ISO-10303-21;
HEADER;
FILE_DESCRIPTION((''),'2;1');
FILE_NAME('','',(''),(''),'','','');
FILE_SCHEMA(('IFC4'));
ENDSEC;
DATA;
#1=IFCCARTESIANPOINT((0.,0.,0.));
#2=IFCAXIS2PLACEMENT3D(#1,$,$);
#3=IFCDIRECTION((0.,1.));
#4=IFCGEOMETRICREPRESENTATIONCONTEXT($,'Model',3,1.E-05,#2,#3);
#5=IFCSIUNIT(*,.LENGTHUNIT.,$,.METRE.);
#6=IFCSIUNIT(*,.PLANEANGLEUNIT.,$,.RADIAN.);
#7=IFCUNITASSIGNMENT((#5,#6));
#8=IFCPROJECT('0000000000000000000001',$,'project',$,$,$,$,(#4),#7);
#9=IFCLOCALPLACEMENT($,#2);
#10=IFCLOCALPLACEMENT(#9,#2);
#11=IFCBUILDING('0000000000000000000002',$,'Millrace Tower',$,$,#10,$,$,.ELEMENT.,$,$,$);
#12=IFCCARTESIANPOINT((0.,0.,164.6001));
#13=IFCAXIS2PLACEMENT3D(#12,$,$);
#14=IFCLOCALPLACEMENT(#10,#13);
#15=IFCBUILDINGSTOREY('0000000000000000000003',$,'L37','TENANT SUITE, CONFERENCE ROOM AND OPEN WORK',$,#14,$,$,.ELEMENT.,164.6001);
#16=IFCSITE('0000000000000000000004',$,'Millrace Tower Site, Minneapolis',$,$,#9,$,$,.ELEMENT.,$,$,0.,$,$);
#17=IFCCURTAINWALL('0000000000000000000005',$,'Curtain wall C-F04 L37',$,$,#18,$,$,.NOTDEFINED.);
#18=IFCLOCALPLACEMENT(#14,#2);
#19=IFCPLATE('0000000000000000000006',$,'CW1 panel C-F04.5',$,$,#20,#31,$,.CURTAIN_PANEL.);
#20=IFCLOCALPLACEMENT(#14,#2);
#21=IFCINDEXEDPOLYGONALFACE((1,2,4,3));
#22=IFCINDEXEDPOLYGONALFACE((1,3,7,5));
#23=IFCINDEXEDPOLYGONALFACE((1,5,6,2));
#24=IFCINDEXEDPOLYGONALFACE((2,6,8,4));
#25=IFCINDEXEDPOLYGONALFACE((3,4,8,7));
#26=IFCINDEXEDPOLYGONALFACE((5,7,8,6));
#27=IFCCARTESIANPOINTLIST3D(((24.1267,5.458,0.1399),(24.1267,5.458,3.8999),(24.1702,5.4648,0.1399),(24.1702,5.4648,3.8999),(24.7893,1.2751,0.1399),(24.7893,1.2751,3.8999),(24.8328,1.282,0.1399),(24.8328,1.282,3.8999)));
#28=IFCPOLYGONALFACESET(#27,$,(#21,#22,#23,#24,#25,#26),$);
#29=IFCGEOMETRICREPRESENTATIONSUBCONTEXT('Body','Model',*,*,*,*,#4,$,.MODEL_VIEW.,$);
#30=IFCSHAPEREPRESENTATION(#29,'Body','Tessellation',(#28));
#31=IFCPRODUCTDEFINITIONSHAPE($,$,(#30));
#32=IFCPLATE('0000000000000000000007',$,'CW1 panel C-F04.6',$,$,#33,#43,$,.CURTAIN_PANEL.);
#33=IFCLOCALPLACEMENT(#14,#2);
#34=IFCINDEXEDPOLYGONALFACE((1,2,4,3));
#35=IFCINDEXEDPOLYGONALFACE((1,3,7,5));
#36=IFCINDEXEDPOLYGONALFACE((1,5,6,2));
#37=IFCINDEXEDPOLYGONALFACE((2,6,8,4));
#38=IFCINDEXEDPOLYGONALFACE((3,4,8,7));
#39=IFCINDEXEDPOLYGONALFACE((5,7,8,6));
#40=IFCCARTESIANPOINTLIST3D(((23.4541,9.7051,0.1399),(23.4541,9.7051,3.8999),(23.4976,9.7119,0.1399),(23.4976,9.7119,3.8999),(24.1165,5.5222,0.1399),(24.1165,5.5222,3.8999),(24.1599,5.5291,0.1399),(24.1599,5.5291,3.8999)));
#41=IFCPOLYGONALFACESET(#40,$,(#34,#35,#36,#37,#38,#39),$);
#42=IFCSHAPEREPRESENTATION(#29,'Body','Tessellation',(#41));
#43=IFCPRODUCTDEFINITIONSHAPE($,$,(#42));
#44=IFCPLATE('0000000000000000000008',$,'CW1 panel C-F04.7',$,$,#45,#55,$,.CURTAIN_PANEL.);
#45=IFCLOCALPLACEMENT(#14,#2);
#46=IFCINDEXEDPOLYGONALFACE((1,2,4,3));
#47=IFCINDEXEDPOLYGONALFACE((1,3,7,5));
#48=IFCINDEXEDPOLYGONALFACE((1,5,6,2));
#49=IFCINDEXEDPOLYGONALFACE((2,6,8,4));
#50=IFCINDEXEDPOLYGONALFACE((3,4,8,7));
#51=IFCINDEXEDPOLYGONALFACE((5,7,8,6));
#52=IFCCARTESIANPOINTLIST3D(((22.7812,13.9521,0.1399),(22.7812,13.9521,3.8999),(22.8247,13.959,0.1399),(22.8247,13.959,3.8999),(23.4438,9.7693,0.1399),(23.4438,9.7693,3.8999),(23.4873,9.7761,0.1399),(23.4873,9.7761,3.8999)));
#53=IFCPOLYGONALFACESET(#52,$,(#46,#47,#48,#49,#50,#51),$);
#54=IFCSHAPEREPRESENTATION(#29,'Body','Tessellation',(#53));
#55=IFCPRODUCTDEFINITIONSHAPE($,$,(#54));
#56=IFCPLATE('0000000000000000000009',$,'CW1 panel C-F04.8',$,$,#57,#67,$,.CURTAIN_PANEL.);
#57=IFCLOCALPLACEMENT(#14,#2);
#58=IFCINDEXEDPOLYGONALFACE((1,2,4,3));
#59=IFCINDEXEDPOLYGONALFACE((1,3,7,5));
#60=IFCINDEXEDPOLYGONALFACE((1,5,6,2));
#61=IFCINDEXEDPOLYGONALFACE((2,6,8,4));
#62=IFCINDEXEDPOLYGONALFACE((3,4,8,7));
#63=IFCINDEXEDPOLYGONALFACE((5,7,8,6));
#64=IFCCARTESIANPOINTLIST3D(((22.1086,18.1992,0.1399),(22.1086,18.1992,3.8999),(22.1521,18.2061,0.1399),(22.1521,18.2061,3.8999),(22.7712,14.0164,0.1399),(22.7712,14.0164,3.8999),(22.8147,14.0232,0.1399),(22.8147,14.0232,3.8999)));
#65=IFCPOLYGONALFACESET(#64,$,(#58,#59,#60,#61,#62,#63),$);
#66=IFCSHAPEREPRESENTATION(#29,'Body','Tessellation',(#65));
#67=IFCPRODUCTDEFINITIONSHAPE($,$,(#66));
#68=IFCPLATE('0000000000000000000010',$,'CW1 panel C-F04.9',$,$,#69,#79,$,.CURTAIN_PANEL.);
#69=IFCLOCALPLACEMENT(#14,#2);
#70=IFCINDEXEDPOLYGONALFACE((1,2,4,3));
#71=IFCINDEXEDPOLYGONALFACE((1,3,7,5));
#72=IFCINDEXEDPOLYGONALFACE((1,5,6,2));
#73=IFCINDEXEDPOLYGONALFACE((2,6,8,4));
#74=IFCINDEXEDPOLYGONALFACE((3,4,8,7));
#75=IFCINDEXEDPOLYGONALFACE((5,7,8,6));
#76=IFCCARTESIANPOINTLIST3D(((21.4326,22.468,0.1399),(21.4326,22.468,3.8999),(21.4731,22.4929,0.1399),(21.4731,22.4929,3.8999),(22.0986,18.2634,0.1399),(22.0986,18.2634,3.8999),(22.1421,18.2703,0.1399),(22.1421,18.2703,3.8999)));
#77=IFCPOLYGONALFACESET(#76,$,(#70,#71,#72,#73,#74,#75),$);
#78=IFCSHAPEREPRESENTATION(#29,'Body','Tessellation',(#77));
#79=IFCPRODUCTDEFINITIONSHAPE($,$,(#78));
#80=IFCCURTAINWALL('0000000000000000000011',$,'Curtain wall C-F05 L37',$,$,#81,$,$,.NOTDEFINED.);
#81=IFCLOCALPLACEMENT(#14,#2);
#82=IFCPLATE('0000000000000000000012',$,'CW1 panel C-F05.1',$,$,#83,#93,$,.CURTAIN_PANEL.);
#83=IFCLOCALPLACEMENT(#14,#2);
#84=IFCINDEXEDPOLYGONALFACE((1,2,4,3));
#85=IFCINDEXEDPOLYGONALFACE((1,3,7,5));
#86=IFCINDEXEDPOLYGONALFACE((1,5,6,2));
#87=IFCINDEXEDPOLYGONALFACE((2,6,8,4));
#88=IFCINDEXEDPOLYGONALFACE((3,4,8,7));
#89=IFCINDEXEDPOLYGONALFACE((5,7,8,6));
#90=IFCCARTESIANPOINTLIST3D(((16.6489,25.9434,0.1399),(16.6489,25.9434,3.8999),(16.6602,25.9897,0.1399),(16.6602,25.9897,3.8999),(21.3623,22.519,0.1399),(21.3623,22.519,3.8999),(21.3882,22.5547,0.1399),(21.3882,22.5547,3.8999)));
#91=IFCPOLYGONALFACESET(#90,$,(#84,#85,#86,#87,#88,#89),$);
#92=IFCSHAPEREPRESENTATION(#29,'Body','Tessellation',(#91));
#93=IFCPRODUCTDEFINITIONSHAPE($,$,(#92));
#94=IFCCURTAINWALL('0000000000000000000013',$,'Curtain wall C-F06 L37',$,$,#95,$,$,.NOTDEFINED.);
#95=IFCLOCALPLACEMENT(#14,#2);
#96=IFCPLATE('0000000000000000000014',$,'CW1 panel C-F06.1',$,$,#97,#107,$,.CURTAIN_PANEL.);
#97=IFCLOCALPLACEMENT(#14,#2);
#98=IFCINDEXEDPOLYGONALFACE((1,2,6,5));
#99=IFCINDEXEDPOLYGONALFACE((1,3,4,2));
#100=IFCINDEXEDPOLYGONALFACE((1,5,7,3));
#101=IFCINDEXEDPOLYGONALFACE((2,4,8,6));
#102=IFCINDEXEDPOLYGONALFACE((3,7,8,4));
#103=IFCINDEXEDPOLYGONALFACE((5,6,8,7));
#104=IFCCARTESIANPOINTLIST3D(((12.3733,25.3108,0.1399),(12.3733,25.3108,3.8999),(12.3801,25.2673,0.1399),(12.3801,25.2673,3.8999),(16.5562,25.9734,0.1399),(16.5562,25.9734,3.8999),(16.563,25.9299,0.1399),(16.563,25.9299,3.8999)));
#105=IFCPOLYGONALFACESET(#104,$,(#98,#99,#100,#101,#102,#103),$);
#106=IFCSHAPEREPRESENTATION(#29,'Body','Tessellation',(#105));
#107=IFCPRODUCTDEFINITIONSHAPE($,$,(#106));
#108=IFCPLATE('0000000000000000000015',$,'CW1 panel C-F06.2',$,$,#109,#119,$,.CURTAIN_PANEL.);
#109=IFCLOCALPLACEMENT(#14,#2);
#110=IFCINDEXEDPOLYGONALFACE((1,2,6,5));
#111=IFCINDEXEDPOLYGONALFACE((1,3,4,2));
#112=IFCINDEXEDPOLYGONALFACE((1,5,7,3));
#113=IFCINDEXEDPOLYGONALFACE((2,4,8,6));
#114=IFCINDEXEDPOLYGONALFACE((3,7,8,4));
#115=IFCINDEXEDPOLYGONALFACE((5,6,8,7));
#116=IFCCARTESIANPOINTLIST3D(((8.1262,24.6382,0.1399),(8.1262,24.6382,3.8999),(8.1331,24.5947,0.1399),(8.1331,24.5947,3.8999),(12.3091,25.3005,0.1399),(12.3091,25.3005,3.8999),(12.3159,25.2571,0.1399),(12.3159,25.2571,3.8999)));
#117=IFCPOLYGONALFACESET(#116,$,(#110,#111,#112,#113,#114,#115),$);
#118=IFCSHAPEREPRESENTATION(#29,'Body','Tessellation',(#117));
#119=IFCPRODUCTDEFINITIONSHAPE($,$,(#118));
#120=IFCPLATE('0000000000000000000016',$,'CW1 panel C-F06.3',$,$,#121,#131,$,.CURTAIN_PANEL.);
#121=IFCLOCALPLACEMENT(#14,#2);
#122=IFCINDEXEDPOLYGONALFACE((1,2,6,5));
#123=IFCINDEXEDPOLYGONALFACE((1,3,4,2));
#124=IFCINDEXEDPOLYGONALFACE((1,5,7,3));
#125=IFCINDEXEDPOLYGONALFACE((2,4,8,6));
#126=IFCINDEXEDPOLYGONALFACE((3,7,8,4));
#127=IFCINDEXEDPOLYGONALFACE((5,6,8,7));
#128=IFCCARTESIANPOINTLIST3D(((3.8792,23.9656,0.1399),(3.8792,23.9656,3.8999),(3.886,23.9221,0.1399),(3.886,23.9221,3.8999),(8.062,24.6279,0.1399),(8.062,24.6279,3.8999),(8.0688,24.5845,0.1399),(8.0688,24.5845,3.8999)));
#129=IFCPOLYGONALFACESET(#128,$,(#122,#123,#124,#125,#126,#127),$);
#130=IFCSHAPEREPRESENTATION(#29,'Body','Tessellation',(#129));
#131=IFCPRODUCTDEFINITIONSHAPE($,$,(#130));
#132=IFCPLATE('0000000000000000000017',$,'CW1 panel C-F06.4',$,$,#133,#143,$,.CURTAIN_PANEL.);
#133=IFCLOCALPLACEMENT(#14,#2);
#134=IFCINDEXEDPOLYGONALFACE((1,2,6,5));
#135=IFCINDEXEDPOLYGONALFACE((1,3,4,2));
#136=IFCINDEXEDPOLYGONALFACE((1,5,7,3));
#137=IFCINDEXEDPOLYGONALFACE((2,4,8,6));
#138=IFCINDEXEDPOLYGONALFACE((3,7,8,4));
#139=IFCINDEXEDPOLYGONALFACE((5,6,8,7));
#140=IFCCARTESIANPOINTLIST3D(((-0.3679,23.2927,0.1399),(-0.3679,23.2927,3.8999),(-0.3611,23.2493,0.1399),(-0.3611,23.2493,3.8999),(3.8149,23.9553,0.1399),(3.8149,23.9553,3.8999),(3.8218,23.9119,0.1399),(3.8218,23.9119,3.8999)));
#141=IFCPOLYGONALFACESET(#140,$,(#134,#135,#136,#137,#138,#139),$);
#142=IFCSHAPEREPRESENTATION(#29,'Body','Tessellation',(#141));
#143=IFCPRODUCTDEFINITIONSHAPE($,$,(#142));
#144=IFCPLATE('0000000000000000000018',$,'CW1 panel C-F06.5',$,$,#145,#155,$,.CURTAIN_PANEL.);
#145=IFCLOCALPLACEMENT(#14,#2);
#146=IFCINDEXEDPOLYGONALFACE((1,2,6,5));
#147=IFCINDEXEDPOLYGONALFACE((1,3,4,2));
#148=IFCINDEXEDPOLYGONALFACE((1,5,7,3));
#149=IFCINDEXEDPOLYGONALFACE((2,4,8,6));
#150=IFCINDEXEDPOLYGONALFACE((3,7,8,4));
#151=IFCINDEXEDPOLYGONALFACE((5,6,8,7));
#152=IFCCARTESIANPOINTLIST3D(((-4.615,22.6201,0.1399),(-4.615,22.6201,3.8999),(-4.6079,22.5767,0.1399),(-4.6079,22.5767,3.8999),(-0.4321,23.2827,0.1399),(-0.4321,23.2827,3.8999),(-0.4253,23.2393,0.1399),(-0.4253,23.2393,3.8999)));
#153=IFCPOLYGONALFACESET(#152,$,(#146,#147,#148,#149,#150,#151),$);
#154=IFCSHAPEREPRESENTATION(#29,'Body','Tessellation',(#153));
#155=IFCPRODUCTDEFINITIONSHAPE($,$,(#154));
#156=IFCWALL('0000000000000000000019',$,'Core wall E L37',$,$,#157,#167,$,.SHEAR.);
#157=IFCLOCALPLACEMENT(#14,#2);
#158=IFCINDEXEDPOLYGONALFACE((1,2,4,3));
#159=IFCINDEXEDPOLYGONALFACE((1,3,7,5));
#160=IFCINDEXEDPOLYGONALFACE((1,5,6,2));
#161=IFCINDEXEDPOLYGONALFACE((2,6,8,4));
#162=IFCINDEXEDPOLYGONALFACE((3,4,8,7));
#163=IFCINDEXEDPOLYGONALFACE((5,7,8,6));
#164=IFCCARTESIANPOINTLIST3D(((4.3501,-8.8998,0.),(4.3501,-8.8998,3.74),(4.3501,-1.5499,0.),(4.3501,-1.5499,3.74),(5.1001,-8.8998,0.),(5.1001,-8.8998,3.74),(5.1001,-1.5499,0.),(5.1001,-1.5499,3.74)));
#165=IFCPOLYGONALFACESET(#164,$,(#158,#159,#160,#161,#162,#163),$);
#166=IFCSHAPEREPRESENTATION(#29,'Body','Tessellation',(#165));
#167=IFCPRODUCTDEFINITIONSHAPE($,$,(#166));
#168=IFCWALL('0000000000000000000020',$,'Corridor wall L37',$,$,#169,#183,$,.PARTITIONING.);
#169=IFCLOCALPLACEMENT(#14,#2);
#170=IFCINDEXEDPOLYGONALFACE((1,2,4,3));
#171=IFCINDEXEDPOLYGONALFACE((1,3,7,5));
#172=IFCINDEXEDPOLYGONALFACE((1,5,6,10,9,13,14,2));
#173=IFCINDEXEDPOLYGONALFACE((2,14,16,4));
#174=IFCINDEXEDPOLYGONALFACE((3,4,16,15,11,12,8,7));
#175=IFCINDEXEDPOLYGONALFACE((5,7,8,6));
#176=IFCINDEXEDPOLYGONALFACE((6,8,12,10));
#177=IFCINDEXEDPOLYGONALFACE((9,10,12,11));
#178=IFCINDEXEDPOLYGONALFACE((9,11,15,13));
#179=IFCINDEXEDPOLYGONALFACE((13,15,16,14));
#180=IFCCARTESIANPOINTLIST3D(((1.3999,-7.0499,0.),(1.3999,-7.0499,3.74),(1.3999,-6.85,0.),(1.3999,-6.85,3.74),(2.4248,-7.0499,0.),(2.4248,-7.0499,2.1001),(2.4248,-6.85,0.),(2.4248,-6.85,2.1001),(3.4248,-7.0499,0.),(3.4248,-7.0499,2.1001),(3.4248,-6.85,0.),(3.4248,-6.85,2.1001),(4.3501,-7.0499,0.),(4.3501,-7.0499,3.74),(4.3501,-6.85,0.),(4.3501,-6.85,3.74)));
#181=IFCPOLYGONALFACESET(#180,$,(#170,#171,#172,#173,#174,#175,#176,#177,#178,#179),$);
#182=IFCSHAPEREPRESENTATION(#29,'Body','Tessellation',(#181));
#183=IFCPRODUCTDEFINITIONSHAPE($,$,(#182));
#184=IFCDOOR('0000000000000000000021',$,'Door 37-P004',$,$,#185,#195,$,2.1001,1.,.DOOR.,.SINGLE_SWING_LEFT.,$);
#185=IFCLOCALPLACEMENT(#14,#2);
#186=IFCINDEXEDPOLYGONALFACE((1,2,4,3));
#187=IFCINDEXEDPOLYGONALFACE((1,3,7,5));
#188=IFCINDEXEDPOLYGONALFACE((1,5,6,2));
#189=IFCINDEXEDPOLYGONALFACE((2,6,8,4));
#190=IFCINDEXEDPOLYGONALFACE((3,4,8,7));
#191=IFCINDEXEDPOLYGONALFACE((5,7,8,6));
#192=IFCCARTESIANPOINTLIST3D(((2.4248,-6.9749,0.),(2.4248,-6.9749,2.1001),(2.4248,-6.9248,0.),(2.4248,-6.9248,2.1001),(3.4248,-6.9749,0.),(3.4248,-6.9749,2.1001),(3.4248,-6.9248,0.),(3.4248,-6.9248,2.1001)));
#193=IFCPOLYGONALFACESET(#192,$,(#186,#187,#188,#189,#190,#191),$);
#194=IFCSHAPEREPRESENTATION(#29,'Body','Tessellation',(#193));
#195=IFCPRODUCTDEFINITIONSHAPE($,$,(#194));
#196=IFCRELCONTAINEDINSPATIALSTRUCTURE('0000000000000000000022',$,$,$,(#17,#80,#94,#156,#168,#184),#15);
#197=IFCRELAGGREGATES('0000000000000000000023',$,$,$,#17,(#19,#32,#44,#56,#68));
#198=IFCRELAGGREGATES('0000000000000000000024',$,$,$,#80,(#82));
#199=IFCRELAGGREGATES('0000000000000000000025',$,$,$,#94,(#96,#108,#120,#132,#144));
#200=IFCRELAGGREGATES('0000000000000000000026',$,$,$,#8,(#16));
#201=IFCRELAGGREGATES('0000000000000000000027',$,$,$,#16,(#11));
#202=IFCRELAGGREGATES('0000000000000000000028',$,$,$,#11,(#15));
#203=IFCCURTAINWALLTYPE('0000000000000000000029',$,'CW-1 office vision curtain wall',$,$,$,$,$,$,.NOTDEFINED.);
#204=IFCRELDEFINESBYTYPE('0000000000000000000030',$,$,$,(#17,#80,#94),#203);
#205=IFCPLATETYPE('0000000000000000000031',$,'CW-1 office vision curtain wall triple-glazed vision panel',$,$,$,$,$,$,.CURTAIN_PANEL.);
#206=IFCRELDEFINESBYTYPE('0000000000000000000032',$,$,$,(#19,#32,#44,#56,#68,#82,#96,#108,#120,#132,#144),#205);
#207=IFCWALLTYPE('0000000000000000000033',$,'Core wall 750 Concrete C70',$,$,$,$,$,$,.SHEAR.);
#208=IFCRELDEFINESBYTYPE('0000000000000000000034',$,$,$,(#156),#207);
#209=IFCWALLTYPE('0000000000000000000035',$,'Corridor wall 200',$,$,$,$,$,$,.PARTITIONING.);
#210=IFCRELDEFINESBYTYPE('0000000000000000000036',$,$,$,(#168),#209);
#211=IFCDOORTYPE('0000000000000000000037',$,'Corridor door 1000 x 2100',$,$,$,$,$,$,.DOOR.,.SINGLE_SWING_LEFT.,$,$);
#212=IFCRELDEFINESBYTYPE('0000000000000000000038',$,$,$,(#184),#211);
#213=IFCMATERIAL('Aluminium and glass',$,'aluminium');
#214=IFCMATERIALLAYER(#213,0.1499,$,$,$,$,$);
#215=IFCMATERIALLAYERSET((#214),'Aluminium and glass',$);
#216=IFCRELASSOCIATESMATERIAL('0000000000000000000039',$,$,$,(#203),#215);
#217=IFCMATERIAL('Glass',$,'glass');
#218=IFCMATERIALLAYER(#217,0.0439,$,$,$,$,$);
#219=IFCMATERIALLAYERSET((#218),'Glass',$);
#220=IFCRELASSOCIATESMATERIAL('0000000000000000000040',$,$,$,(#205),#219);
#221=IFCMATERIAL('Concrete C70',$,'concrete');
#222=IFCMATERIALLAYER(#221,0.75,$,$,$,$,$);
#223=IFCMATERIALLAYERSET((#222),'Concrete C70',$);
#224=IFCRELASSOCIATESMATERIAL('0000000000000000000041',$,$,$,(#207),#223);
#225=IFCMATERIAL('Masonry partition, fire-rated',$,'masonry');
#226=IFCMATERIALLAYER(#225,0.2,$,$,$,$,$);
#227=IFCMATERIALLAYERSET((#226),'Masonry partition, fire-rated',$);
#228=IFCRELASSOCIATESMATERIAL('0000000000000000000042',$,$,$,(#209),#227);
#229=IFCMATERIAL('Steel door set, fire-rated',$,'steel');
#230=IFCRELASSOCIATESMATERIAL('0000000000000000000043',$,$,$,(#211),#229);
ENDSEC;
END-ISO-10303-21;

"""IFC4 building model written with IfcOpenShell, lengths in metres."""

from ifc_helpers import new_model, si_unit, direction, frame, frame_2d, origin, place, context, subcontext, project, spatial, polyline, rectangle, outline, extrude, material, layer, layer_set, type_object, element, fill, aggregate, save


model = new_model("IFC4")

# Units and contexts
model_context = context("Model", 3, precision=1e-05, world=origin(), true_north=direction((0.0, 1.0)))
body_context = subcontext(model_context, "Body", "Model", "MODEL_VIEW")
ifc_project = project(units=[si_unit("LENGTHUNIT", "METRE"), si_unit("PLANEANGLEUNIT", "RADIAN")], contexts=[model_context])

# Site, building, storey
site_placement = place(None, origin())
site = spatial("IfcSite", under=ifc_project, at=site_placement, Name="Millrace Tower Site, Minneapolis", CompositionType="ELEMENT", RefElevation=0.0)
building_placement = place(site_placement, origin())
building = spatial("IfcBuilding", under=site, at=building_placement, Name="Millrace Tower", CompositionType="ELEMENT")
storey_placement = place(building_placement, frame((0.0, 0.0, 164.6001)))
storey = spatial("IfcBuildingStorey", under=building, at=storey_placement, Name="L37", Description="TENANT SUITE, CONFERENCE ROOM AND OPEN WORK", CompositionType="ELEMENT", Elevation=164.6001)

# Curtain wall, plates
ifc_material_1 = material(Name="Aluminium and glass", Category="aluminium")
ifc_layer_1 = layer(ifc_material_1, 0.1499)
ifc_layer_set_1 = layer_set([ifc_layer_1], Name="Aluminium and glass")
curtain_wall_type = type_object("IfcCurtainWallType", Name="CW-1 office vision curtain wall", PredefinedType="NOTDEFINED", material=ifc_layer_set_1)
placement_1 = place(storey_placement, origin())
curtain_wall_1 = element("IfcCurtainWall", 1, at=placement_1, inside=storey, type_object=curtain_wall_type, Name="Curtain wall C-F04 L37", PredefinedType="NOTDEFINED")
ifc_material_2 = material(Name="Glass", Category="glass")
ifc_layer_2 = layer(ifc_material_2, 0.0439)
ifc_layer_set_2 = layer_set([ifc_layer_2], Name="Glass")
plate_type = type_object("IfcPlateType", Name="CW-1 office vision curtain wall triple-glazed vision panel", PredefinedType="CURTAIN_PANEL", material=ifc_layer_set_2)
placement_2 = place(storey_placement, frame((0.0, 0.0, 0.1399)))
plate_1 = element("IfcPlate", 2, at=placement_2, type_object=plate_type, Name="CW1 panel C-F04.5", PredefinedType="CURTAIN_PANEL", context=body_context, shape_type="SweptSolid", body=[
    extrude(outline(polyline([(24.8328, 1.282), (24.1702, 5.4648), (24.1267, 5.458), (24.7893, 1.2751), (24.8328, 1.282)])), origin(), (0.0, 0.0, 1.0), 3.76),
])
plate_2 = element("IfcPlate", 3, at=placement_2, type_object=plate_type, Name="CW1 panel C-F04.6", PredefinedType="CURTAIN_PANEL", context=body_context, shape_type="SweptSolid", body=[
    extrude(outline(polyline([(24.1599, 5.5291), (23.4976, 9.7119), (23.4541, 9.7051), (24.1165, 5.5222), (24.1599, 5.5291)])), origin(), (0.0, 0.0, 1.0), 3.76),
])
plate_3 = element("IfcPlate", 4, at=placement_2, type_object=plate_type, Name="CW1 panel C-F04.7", PredefinedType="CURTAIN_PANEL", context=body_context, shape_type="SweptSolid", body=[
    extrude(outline(polyline([(23.4873, 9.7761), (22.8247, 13.959), (22.7812, 13.9521), (23.4438, 9.7693), (23.4873, 9.7761)])), origin(), (0.0, 0.0, 1.0), 3.76),
])
plate_4 = element("IfcPlate", 5, at=placement_2, type_object=plate_type, Name="CW1 panel C-F04.8", PredefinedType="CURTAIN_PANEL", context=body_context, shape_type="SweptSolid", body=[
    extrude(outline(polyline([(22.8147, 14.0232), (22.1521, 18.2061), (22.1086, 18.1992), (22.7712, 14.0164), (22.8147, 14.0232)])), origin(), (0.0, 0.0, 1.0), 3.76),
])
plate_5 = element("IfcPlate", 6, at=placement_2, type_object=plate_type, Name="CW1 panel C-F04.9", PredefinedType="CURTAIN_PANEL", context=body_context, shape_type="SweptSolid", body=[
    extrude(outline(polyline([(22.1421, 18.2703), (21.4731, 22.4929), (21.4326, 22.468), (22.0986, 18.2634), (22.1421, 18.2703)])), origin(), (0.0, 0.0, 1.0), 3.76),
])
aggregate(curtain_wall_1, [plate_1, plate_2, plate_3, plate_4, plate_5])

# Curtain wall, plate
curtain_wall_2 = element("IfcCurtainWall", 7, at=placement_1, inside=storey, type_object=curtain_wall_type, Name="Curtain wall C-F05 L37", PredefinedType="NOTDEFINED")
plate_6 = element("IfcPlate", 8, at=placement_2, type_object=plate_type, Name="CW1 panel C-F05.1", PredefinedType="CURTAIN_PANEL", context=body_context, shape_type="SweptSolid", body=[
    extrude(outline(polyline([(21.3882, 22.5547), (16.6602, 25.9897), (16.6489, 25.9434), (21.3623, 22.519), (21.3882, 22.5547)])), origin(), (0.0, 0.0, 1.0), 3.76),
])
aggregate(curtain_wall_2, [plate_6])

# Curtain wall, plates
curtain_wall_3 = element("IfcCurtainWall", 9, at=placement_1, inside=storey, type_object=curtain_wall_type, Name="Curtain wall C-F06 L37", PredefinedType="NOTDEFINED")
plate_7 = element("IfcPlate", 10, at=placement_2, type_object=plate_type, Name="CW1 panel C-F06.1", PredefinedType="CURTAIN_PANEL", context=body_context, shape_type="SweptSolid", body=[
    extrude(outline(polyline([(16.5562, 25.9734), (12.3733, 25.3108), (12.3801, 25.2673), (16.563, 25.9299), (16.5562, 25.9734)])), origin(), (0.0, 0.0, 1.0), 3.76),
])
plate_8 = element("IfcPlate", 11, at=placement_2, type_object=plate_type, Name="CW1 panel C-F06.2", PredefinedType="CURTAIN_PANEL", context=body_context, shape_type="SweptSolid", body=[
    extrude(outline(polyline([(12.3091, 25.3005), (8.1262, 24.6382), (8.1331, 24.5947), (12.3159, 25.2571), (12.3091, 25.3005)])), origin(), (0.0, 0.0, 1.0), 3.76),
])
plate_9 = element("IfcPlate", 12, at=placement_2, type_object=plate_type, Name="CW1 panel C-F06.3", PredefinedType="CURTAIN_PANEL", context=body_context, shape_type="SweptSolid", body=[
    extrude(outline(polyline([(8.062, 24.6279), (3.8792, 23.9656), (3.886, 23.9221), (8.0688, 24.5845), (8.062, 24.6279)])), origin(), (0.0, 0.0, 1.0), 3.76),
])
plate_10 = element("IfcPlate", 13, at=placement_2, type_object=plate_type, Name="CW1 panel C-F06.4", PredefinedType="CURTAIN_PANEL", context=body_context, shape_type="SweptSolid", body=[
    extrude(outline(polyline([(3.8149, 23.9553), (-0.3679, 23.2927), (-0.3611, 23.2493), (3.8218, 23.9119), (3.8149, 23.9553)])), origin(), (0.0, 0.0, 1.0), 3.76),
])
plate_11 = element("IfcPlate", 14, at=placement_2, type_object=plate_type, Name="CW1 panel C-F06.5", PredefinedType="CURTAIN_PANEL", context=body_context, shape_type="SweptSolid", body=[
    extrude(outline(polyline([(-0.4321, 23.2827), (-4.615, 22.6201), (-4.6079, 22.5767), (-0.4253, 23.2393), (-0.4321, 23.2827)])), origin(), (0.0, 0.0, 1.0), 3.76),
])
aggregate(curtain_wall_3, [plate_7, plate_8, plate_9, plate_10, plate_11])

# Wall
ifc_material_3 = material(Name="Concrete C70", Category="concrete")
ifc_layer_3 = layer(ifc_material_3, 0.75)
ifc_layer_set_3 = layer_set([ifc_layer_3], Name="Concrete C70")
wall_type_1 = type_object("IfcWallType", Name="Core wall 750 Concrete C70", PredefinedType="SHEAR", material=ifc_layer_set_3)
wall_1_placement = place(storey_placement, frame((4.7251, -1.55, 0.0), z_axis=(0.0, 0.0, 1.0), x_axis=(0.0, -1.0, 0.0)))
element("IfcWall", 15, at=wall_1_placement, inside=storey, type_object=wall_type_1, Name="Core wall E L37", PredefinedType="SHEAR", context=body_context, shape_type="SweptSolid", body=[
    extrude(rectangle(XDim=7.3499, YDim=0.75, at=frame_2d((3.6748, 0.0))), origin(), (0.0, 0.0, 1.0), 3.74),
])

# Wall, opening, door
ifc_material_4 = material(Name="Masonry partition, fire-rated", Category="masonry")
ifc_layer_4 = layer(ifc_material_4, 0.2)
ifc_layer_set_4 = layer_set([ifc_layer_4], Name="Masonry partition, fire-rated")
wall_type_2 = type_object("IfcWallType", Name="Corridor wall 200", PredefinedType="PARTITIONING", material=ifc_layer_set_4)
wall_2_placement = place(storey_placement, frame((1.3999, -6.95, 0.0), z_axis=(0.0, 0.0, 1.0), x_axis=(1.0, 0.0, 0.0)))
wall_2 = element("IfcWall", 16, at=wall_2_placement, inside=storey, type_object=wall_type_2, Name="Corridor wall L37", PredefinedType="PARTITIONING", context=body_context, shape_type="SweptSolid", body=[
    extrude(rectangle(XDim=2.9502, YDim=0.2, at=frame_2d((1.4751, 0.0))), origin(), (0.0, 0.0, 1.0), 3.74),
])
opening_1_placement = place(wall_2_placement, frame((1.0249, 0.0, 0.0)))
opening_1 = element("IfcOpeningElement", 17, at=opening_1_placement, cuts=wall_2, PredefinedType="OPENING", context=body_context, shape_type="SweptSolid", body=[
    extrude(rectangle(XDim=1.0, YDim=2.1001, at=frame_2d((0.5, 1.05))), frame((0.0, 0.1099, 0.0), z_axis=(0.0, -1.0, 0.0), x_axis=(1.0, 0.0, 0.0)), (0.0, 0.0, 1.0), 0.22),
])
ifc_material_5 = material(Name="Steel door set, fire-rated", Category="steel")
door_type_1 = type_object("IfcDoorType", Name="Corridor door 1000 x 2100", OperationType="SINGLE_SWING_LEFT", PredefinedType="DOOR", material=ifc_material_5)
door_1_placement = place(opening_1_placement, frame((1.0, 0.0, 0.0), z_axis=(0.0, 0.0, 1.0), x_axis=(-1.0, 0.0, 0.0)))
door_1 = element("IfcDoor", 18, at=door_1_placement, inside=storey, type_object=door_type_1, Name="Door 37-P004", OperationType="SINGLE_SWING_LEFT", OverallHeight=2.1001, OverallWidth=1.0, PredefinedType="DOOR", context=body_context, shape_type="SweptSolid", body=[
    extrude(rectangle(XDim=1.0, YDim=2.1001, at=frame_2d((0.5, 1.05))), frame((0.0, 0.0249, 0.0), z_axis=(0.0, -1.0, 0.0), x_axis=(1.0, 0.0, 0.0)), (0.0, 0.0, 1.0), 0.05),
])
fill(opening_1, door_1)

save(model, "model.ifc")
